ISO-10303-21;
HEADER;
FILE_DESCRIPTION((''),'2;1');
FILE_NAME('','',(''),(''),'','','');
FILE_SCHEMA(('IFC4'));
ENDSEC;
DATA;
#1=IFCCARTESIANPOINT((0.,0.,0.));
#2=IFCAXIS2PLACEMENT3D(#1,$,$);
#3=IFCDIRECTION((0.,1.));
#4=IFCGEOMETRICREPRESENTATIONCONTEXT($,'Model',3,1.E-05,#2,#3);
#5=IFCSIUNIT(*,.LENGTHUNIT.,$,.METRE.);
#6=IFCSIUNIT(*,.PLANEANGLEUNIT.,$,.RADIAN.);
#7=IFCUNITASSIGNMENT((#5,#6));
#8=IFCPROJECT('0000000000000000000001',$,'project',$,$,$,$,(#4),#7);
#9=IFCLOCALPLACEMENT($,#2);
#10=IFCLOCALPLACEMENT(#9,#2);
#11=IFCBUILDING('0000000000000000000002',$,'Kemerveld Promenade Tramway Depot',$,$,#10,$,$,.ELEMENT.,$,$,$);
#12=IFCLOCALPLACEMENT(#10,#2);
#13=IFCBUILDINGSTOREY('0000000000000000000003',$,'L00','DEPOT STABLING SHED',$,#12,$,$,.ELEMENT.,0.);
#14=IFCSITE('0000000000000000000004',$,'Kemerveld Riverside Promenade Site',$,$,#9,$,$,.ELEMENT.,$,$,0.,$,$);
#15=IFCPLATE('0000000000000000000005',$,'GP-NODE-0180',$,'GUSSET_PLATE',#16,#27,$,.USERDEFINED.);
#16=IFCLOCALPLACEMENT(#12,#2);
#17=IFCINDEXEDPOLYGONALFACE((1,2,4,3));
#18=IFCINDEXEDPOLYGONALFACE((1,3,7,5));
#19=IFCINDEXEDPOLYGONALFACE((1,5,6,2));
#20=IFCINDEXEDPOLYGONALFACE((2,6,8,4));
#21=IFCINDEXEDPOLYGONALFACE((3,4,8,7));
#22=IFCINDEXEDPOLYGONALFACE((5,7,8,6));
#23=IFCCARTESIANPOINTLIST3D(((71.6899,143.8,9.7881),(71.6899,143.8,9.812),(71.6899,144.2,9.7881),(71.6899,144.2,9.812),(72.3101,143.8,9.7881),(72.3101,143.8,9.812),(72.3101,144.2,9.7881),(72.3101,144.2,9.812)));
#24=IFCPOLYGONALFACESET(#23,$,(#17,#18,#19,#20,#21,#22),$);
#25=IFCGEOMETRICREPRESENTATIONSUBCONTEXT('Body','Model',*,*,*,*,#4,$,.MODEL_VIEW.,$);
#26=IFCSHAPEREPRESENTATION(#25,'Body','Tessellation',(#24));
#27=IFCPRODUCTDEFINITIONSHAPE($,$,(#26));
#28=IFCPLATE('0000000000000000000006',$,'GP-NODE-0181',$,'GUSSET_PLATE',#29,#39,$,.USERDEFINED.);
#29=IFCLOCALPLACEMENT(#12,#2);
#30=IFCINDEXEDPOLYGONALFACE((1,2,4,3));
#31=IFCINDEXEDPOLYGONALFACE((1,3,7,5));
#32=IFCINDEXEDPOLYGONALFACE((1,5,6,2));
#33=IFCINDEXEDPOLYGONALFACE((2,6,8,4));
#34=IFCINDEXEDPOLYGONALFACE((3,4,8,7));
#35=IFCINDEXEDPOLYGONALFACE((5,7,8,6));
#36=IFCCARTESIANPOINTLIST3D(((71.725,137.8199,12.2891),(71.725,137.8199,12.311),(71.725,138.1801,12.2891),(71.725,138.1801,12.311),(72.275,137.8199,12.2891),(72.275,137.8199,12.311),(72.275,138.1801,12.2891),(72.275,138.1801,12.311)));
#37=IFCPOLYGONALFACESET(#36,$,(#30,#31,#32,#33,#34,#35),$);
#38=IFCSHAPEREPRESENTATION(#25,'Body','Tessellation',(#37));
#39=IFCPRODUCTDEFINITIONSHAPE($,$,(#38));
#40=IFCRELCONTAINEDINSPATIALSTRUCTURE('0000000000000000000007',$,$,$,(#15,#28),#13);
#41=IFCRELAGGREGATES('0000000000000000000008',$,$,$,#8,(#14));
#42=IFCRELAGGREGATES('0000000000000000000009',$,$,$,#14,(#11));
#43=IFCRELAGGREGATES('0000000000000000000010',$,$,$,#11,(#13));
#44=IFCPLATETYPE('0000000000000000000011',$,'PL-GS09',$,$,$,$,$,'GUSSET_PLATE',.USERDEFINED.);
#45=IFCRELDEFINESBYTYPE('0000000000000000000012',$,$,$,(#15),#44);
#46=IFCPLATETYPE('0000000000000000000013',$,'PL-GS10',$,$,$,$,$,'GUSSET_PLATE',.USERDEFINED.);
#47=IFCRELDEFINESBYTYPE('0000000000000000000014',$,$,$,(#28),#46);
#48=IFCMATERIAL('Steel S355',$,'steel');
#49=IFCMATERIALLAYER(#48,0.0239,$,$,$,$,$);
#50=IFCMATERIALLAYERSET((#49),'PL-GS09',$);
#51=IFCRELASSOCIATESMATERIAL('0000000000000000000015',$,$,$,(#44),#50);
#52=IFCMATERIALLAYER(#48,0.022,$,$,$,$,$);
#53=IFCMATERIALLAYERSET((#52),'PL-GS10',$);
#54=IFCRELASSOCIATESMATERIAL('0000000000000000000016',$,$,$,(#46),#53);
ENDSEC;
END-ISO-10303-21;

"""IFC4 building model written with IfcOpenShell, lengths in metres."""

from ifc_helpers import new_model, si_unit, direction, frame, origin, origin_2d, place, context, subcontext, project, spatial, rectangle, extrude, material, layer, layer_set, type_object, element, save


model = new_model("IFC4")

# Units and contexts
model_context = context("Model", 3, precision=1e-05, world=origin(), true_north=direction((0.0, 1.0)))
body_context = subcontext(model_context, "Body", "Model", "MODEL_VIEW")
ifc_project = project(units=[si_unit("LENGTHUNIT", "METRE"), si_unit("PLANEANGLEUNIT", "RADIAN")], contexts=[model_context])

# Site, building, storey
site_placement = place(None, origin())
site = spatial("IfcSite", under=ifc_project, at=site_placement, Name="Kemerveld Riverside Promenade Site", CompositionType="ELEMENT", RefElevation=0.0)
building_placement = place(site_placement, origin())
building = spatial("IfcBuilding", under=site, at=building_placement, Name="Kemerveld Promenade Tramway Depot", CompositionType="ELEMENT")
storey_placement = place(building_placement, origin())
storey = spatial("IfcBuildingStorey", under=building, at=storey_placement, Name="L00", Description="DEPOT STABLING SHED", CompositionType="ELEMENT", Elevation=0.0)

# Shared definitions
ifc_material_1 = material(Name="Steel S355", Category="steel")

# Plates
ifc_layer_1 = layer(ifc_material_1, 0.0239)
ifc_layer_set_1 = layer_set([ifc_layer_1], Name="PL-GS09")
plate_type_1 = type_object("IfcPlateType", Name="PL-GS09", ElementType="GUSSET_PLATE", PredefinedType="USERDEFINED", material=ifc_layer_set_1)
plate_1_placement = place(storey_placement, frame((72.0, 144.0, 9.7881), z_axis=(0.0, 0.0, 1.0), x_axis=(1.0, 0.0, 0.0)))
element("IfcPlate", 1, at=plate_1_placement, inside=storey, type_object=plate_type_1, Name="GP-NODE-0180", ObjectType="GUSSET_PLATE", PredefinedType="USERDEFINED", context=body_context, shape_type="SweptSolid", body=[
    extrude(rectangle(XDim=0.6201, YDim=0.3999, at=origin_2d()), origin(), (0.0, 0.0, 1.0), 0.0239),
])
ifc_layer_2 = layer(ifc_material_1, 0.022)
ifc_layer_set_2 = layer_set([ifc_layer_2], Name="PL-GS10")
plate_type_2 = type_object("IfcPlateType", Name="PL-GS10", ElementType="GUSSET_PLATE", PredefinedType="USERDEFINED", material=ifc_layer_set_2)
plate_2_placement = place(storey_placement, frame((72.0, 138.0, 12.2891), z_axis=(0.0, 0.0, 1.0), x_axis=(1.0, 0.0, 0.0)))
element("IfcPlate", 2, at=plate_2_placement, inside=storey, type_object=plate_type_2, Name="GP-NODE-0181", ObjectType="GUSSET_PLATE", PredefinedType="USERDEFINED", context=body_context, shape_type="SweptSolid", body=[
    extrude(rectangle(XDim=0.55, YDim=0.3601, at=origin_2d()), origin(), (0.0, 0.0, 1.0), 0.022),
])

save(model, "model.ifc")
